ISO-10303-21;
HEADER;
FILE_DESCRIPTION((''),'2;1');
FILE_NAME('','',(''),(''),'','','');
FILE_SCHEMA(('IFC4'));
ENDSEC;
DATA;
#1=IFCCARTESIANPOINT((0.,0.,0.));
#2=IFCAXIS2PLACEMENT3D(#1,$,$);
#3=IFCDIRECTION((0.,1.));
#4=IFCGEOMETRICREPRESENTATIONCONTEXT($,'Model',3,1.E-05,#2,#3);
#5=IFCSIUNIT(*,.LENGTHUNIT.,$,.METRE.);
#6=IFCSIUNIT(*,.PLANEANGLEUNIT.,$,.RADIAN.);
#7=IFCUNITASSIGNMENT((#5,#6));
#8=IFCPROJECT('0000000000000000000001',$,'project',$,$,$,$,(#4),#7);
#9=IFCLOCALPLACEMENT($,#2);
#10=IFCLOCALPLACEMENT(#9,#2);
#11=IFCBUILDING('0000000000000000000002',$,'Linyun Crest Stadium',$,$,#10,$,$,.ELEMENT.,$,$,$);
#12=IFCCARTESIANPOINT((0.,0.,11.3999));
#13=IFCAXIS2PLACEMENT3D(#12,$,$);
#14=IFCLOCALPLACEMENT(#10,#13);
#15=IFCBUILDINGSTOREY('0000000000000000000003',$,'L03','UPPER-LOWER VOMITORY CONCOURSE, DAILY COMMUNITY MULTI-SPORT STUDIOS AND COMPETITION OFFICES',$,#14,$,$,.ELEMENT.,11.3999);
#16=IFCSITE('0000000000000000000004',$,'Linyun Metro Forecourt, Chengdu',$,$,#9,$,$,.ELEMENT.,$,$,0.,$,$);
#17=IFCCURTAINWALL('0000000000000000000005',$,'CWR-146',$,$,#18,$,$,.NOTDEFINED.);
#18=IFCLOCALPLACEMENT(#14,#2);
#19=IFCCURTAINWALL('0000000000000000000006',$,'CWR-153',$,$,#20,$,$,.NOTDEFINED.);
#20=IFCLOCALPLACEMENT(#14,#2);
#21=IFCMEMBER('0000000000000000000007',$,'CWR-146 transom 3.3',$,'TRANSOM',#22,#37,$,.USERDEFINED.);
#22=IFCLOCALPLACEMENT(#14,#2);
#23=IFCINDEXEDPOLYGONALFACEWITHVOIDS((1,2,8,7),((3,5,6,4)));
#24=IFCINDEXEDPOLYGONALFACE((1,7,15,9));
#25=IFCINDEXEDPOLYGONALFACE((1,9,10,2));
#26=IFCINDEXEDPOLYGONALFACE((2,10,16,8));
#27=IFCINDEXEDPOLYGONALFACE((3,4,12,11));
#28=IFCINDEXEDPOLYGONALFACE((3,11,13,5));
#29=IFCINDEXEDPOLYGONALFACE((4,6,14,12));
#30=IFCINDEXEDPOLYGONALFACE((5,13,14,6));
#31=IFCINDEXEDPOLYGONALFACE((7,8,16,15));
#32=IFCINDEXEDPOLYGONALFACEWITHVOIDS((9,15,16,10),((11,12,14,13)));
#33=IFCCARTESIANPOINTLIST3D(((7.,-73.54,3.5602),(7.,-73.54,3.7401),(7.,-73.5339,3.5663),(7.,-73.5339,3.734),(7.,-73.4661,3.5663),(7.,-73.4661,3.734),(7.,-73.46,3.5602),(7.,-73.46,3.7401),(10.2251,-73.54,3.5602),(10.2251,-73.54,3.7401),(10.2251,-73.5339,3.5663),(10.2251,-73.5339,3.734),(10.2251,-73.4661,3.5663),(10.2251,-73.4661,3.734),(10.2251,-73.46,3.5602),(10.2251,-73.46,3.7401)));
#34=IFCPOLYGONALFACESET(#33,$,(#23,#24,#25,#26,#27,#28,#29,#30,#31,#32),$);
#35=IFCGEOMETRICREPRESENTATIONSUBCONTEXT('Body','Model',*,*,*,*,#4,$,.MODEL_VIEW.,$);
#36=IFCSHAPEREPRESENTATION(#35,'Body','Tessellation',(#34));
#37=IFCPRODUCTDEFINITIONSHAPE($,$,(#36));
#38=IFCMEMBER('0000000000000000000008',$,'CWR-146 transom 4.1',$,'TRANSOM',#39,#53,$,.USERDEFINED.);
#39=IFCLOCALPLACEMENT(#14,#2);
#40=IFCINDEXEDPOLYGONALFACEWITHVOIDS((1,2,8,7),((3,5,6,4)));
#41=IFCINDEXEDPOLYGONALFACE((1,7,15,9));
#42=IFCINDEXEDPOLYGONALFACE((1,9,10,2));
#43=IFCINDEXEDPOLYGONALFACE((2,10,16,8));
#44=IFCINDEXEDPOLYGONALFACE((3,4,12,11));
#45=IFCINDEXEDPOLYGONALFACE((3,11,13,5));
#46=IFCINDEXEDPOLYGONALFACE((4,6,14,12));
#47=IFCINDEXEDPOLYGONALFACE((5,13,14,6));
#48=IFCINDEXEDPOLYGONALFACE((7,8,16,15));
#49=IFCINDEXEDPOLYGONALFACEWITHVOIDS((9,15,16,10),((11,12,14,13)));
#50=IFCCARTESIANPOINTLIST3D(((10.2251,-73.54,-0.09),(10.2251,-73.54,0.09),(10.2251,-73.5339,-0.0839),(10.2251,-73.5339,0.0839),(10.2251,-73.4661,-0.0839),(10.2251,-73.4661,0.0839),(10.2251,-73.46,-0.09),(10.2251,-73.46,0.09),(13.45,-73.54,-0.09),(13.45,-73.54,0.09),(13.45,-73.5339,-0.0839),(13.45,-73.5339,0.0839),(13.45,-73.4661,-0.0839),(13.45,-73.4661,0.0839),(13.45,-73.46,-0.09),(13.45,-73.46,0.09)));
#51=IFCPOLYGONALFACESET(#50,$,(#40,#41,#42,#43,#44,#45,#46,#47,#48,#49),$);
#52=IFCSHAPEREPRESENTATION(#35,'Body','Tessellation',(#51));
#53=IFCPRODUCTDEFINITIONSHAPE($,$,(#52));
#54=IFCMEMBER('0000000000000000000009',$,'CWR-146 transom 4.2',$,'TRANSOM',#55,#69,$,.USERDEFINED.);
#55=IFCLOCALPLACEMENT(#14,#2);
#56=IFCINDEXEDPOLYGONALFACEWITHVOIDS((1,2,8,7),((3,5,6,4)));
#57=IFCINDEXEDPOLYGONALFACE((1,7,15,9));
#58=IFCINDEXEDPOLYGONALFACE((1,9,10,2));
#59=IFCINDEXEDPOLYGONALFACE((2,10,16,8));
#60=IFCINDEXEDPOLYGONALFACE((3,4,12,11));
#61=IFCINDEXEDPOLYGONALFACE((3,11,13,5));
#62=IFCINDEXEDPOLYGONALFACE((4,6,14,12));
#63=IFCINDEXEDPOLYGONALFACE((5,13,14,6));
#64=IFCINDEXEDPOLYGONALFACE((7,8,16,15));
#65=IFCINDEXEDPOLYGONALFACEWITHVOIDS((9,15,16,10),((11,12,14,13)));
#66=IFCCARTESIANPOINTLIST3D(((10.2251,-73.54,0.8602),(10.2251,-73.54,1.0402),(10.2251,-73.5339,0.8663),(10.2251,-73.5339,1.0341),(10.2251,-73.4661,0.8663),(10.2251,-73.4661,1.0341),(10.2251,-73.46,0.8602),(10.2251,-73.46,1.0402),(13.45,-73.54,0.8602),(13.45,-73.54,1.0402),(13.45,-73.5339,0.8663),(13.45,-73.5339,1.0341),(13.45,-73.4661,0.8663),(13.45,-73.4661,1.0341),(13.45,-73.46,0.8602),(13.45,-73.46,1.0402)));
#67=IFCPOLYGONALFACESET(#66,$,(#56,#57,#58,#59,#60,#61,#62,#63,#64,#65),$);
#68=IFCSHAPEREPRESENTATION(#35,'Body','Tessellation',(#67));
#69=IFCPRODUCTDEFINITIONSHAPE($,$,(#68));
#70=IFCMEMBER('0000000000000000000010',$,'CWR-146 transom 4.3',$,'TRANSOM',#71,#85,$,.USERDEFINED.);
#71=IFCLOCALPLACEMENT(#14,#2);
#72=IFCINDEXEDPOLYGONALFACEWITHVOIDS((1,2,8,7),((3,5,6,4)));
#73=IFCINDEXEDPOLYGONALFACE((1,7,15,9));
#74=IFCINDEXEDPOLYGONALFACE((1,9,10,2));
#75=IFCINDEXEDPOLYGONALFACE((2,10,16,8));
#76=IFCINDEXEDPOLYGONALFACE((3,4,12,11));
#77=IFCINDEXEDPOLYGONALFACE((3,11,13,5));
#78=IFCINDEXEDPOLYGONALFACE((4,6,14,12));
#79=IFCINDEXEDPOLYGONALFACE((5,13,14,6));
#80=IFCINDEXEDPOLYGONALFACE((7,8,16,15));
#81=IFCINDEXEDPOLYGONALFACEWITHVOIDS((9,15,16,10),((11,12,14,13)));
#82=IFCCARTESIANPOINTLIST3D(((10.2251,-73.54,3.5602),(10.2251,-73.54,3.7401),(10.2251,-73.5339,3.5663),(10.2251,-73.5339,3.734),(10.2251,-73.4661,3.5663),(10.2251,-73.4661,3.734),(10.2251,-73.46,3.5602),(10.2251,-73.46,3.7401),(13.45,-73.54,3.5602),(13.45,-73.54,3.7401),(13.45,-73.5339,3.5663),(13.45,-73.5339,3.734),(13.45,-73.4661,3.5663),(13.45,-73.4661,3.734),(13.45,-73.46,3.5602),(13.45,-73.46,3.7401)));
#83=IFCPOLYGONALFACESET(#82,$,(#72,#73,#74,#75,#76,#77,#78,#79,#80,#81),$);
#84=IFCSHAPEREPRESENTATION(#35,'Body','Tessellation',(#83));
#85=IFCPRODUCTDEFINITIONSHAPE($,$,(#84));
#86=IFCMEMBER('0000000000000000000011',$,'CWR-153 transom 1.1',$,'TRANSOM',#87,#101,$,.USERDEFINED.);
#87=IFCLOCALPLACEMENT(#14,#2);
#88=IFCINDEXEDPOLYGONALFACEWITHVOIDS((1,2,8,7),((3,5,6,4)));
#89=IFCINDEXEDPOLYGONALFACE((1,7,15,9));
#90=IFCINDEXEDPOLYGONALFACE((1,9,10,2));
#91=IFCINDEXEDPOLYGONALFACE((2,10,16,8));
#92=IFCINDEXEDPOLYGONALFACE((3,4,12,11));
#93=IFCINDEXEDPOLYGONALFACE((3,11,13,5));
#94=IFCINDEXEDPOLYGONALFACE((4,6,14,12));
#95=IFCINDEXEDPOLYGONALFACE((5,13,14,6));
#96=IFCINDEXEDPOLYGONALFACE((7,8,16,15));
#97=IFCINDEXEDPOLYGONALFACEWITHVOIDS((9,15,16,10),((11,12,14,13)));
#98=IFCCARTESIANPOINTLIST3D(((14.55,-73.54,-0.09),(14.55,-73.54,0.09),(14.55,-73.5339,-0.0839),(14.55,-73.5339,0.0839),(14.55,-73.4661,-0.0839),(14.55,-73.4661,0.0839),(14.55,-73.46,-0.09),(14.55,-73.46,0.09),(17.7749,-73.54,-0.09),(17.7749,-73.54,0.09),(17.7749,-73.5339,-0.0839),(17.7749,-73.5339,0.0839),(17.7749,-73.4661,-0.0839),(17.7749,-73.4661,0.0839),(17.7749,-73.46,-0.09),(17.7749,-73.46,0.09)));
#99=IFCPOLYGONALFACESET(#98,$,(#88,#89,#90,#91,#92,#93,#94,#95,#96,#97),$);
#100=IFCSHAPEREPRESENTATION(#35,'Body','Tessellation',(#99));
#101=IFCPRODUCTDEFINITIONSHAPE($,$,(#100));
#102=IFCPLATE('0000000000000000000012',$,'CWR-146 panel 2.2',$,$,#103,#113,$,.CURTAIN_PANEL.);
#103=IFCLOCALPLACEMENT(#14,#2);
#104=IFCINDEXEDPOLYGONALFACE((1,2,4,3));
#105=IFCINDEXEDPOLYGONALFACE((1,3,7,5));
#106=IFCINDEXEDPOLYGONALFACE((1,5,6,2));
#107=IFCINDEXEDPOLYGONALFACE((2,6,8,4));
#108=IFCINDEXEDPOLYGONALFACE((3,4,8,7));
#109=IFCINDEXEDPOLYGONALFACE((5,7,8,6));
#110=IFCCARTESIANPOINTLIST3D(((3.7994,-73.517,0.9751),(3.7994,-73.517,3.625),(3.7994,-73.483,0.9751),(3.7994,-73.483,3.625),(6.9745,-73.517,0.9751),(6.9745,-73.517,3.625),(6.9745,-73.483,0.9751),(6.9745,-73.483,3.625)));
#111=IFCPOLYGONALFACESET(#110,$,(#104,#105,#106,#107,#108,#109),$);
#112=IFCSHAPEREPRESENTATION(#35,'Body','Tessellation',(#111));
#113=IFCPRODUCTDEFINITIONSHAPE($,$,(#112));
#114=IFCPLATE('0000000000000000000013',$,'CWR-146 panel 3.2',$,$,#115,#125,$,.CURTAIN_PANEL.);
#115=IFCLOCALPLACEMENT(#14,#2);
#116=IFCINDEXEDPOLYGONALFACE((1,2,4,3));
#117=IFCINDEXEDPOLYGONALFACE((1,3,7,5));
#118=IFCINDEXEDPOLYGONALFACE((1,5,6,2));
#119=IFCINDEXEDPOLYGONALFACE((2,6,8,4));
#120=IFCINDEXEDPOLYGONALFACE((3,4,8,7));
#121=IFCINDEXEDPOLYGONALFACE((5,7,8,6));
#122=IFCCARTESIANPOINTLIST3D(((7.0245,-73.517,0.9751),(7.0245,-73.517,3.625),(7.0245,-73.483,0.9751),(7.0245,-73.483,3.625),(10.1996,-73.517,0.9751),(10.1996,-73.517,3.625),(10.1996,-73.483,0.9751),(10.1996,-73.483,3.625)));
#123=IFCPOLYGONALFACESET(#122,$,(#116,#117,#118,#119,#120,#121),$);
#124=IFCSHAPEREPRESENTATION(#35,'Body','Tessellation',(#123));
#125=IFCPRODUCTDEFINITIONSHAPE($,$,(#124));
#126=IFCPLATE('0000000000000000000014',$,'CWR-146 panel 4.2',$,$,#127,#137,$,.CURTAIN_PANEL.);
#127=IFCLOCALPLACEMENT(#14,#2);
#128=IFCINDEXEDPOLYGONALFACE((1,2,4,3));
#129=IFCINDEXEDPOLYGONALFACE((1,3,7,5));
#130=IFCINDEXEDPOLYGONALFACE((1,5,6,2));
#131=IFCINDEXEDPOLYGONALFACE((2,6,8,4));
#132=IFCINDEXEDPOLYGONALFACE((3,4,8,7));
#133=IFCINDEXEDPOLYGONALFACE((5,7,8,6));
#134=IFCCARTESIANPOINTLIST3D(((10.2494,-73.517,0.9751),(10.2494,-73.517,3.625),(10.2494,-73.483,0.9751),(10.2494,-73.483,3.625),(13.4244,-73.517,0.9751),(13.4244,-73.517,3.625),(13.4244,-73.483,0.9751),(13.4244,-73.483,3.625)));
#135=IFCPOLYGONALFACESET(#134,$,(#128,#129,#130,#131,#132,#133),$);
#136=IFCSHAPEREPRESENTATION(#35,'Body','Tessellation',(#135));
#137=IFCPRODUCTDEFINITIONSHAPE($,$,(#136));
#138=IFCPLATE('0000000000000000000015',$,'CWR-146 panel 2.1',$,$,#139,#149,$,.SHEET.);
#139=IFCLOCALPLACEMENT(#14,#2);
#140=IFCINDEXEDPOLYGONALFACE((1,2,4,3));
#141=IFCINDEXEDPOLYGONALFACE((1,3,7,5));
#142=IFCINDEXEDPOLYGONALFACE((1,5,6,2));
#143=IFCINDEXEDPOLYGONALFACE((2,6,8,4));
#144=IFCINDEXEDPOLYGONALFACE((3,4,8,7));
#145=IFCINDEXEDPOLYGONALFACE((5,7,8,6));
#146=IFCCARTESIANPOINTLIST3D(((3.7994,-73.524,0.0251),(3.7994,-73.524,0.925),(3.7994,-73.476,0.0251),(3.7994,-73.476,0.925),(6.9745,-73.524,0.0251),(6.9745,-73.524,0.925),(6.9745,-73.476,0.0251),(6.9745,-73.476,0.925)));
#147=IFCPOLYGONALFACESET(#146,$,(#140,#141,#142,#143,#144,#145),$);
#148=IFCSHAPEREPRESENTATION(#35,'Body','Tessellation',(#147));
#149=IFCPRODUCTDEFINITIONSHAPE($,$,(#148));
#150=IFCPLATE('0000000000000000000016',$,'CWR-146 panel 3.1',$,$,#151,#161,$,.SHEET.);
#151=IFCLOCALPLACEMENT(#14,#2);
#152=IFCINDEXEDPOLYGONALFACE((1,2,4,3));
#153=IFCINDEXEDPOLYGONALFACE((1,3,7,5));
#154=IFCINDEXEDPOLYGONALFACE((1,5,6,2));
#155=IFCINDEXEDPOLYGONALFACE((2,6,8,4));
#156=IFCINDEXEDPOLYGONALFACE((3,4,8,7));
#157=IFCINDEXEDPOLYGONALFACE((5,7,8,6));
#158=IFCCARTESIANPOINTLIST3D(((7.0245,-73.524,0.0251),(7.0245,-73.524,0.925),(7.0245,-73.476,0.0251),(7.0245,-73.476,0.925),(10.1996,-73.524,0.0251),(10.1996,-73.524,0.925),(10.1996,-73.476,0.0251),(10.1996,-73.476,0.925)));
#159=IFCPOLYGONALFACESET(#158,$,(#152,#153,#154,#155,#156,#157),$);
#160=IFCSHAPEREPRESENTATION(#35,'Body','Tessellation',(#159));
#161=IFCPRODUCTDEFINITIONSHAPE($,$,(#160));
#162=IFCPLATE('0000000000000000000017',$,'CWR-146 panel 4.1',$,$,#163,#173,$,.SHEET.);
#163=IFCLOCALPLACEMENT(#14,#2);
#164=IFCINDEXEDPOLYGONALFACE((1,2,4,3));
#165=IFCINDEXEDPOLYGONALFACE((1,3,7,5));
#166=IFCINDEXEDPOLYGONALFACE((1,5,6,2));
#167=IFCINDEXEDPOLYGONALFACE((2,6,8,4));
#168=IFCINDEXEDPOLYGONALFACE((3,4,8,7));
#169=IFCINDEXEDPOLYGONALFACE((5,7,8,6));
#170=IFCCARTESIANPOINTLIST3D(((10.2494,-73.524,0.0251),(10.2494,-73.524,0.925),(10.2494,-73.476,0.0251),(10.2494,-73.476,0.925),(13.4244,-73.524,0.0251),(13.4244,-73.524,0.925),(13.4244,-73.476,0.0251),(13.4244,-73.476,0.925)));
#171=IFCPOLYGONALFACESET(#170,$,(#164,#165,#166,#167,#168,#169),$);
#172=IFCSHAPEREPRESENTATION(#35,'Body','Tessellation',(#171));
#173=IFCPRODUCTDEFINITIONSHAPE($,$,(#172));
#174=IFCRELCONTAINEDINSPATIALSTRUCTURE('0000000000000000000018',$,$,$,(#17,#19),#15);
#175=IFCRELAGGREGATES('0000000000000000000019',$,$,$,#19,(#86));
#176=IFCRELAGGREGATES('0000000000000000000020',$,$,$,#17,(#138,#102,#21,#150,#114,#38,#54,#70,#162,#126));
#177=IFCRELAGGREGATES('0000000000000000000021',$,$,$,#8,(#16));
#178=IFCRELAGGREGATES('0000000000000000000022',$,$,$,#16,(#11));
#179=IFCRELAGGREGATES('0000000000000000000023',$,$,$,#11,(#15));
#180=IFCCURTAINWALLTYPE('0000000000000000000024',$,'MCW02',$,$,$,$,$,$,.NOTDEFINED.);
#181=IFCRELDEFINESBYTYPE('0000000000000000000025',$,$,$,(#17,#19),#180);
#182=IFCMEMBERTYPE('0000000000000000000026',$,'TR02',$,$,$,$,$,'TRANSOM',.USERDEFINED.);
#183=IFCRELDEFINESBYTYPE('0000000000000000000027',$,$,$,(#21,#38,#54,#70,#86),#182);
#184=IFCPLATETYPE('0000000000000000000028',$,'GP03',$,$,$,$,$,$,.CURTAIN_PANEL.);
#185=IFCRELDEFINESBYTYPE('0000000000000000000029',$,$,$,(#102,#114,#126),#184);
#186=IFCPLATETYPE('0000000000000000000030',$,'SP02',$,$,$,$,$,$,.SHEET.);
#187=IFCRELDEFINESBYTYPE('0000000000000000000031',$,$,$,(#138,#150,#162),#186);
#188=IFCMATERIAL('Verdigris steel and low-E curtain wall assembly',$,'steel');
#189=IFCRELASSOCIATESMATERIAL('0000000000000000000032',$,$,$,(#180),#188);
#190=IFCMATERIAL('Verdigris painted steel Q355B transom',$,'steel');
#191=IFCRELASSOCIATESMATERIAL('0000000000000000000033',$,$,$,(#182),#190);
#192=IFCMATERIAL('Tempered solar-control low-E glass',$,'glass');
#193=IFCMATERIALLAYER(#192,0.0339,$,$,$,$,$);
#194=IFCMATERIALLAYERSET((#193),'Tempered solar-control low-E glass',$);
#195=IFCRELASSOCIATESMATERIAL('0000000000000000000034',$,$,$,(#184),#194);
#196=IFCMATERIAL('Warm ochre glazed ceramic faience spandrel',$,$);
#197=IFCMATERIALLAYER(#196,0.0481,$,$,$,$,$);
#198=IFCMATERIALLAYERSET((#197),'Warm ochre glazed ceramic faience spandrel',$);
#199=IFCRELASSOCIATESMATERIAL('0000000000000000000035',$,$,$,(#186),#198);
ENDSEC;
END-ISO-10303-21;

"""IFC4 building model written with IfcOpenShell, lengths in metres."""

from ifc_helpers import new_model, si_unit, direction, frame, origin, origin_2d, place, context, subcontext, project, spatial, rectangle, hollow_rectangle, extrude, material, layer, layer_set, material_profile, profile_set, type_object, element, aggregate, save


model = new_model("IFC4")

# Units and contexts
model_context = context("Model", 3, precision=1e-05, world=origin(), true_north=direction((0.0, 1.0)))
body_context = subcontext(model_context, "Body", "Model", "MODEL_VIEW")
ifc_project = project(units=[si_unit("LENGTHUNIT", "METRE"), si_unit("PLANEANGLEUNIT", "RADIAN")], contexts=[model_context])

# Site, building, storey
site_placement = place(None, origin())
site = spatial("IfcSite", under=ifc_project, at=site_placement, Name="Linyun Metro Forecourt, Chengdu", CompositionType="ELEMENT", RefElevation=0.0)
building_placement = place(site_placement, origin())
building = spatial("IfcBuilding", under=site, at=building_placement, Name="Linyun Crest Stadium", CompositionType="ELEMENT")
storey_placement = place(building_placement, frame((0.0, 0.0, 11.3999)))
storey = spatial("IfcBuildingStorey", under=building, at=storey_placement, Name="L03", Description="UPPER-LOWER VOMITORY CONCOURSE, DAILY COMMUNITY MULTI-SPORT STUDIOS AND COMPETITION OFFICES", CompositionType="ELEMENT", Elevation=11.3999)

# Curtain wall
ifc_material_1 = material(Name="Verdigris steel and low-E curtain wall assembly", Category="steel")
curtain_wall_type = type_object("IfcCurtainWallType", Name="MCW02", PredefinedType="NOTDEFINED", material=ifc_material_1)
curtain_wall_1_placement = place(storey_placement, origin())
curtain_wall_1 = element("IfcCurtainWall", 1, at=curtain_wall_1_placement, inside=storey, type_object=curtain_wall_type, Name="CWR-146", PredefinedType="NOTDEFINED")

# Curtain wall
curtain_wall_2_placement = place(storey_placement, origin())
curtain_wall_2 = element("IfcCurtainWall", 2, at=curtain_wall_2_placement, inside=storey, type_object=curtain_wall_type, Name="CWR-153", PredefinedType="NOTDEFINED")

# Members
ifc_material_2 = material(Name="Verdigris painted steel Q355B transom", Category="steel")
ifc_material_profile_1 = material_profile(ifc_material_2, hollow_rectangle(XDim=0.0801, YDim=0.1799, WallThickness=0.0061, at=origin_2d()), Name="RHS 180x80x6")
ifc_profile_set_1 = profile_set([ifc_material_profile_1], Name="Verdigris painted steel Q355B transom")
member_type_1 = type_object("IfcMemberType", Name="TR02", ElementType="TRANSOM", PredefinedType="USERDEFINED", material=ifc_profile_set_1)
member_1_placement = place(storey_placement, frame((7.0, -73.5, 3.6501), z_axis=(1.0, 0.0, 0.0), x_axis=(0.0, 1.0, 0.0)))
member_1 = element("IfcMember", 3, at=member_1_placement, type_object=member_type_1, Name="CWR-146 transom 3.3", ObjectType="TRANSOM", PredefinedType="USERDEFINED", context=body_context, shape_type="SweptSolid", body=[
    extrude(hollow_rectangle(XDim=0.0801, YDim=0.1799, WallThickness=0.0061, at=origin_2d()), origin(), (0.0, 0.0, 1.0), 3.2251),
])
member_2_placement = place(storey_placement, frame((10.2251, -73.5, 0.0), z_axis=(1.0, 0.0, 0.0), x_axis=(0.0, 1.0, 0.0)))
member_2 = element("IfcMember", 4, at=member_2_placement, type_object=member_type_1, Name="CWR-146 transom 4.1", ObjectType="TRANSOM", PredefinedType="USERDEFINED", context=body_context, shape_type="SweptSolid", body=[
    extrude(hollow_rectangle(XDim=0.0801, YDim=0.1799, WallThickness=0.0061, at=origin_2d()), origin(), (0.0, 0.0, 1.0), 3.2249),
])
member_3_placement = place(storey_placement, frame((10.2251, -73.5, 0.9502), z_axis=(1.0, 0.0, 0.0), x_axis=(0.0, 1.0, 0.0)))
member_3 = element("IfcMember", 5, at=member_3_placement, type_object=member_type_1, Name="CWR-146 transom 4.2", ObjectType="TRANSOM", PredefinedType="USERDEFINED", context=body_context, shape_type="SweptSolid", body=[
    extrude(hollow_rectangle(XDim=0.0801, YDim=0.1799, WallThickness=0.0061, at=origin_2d()), origin(), (0.0, 0.0, 1.0), 3.2249),
])
member_4_placement = place(storey_placement, frame((10.2251, -73.5, 3.6501), z_axis=(1.0, 0.0, 0.0), x_axis=(0.0, 1.0, 0.0)))
member_4 = element("IfcMember", 6, at=member_4_placement, type_object=member_type_1, Name="CWR-146 transom 4.3", ObjectType="TRANSOM", PredefinedType="USERDEFINED", context=body_context, shape_type="SweptSolid", body=[
    extrude(hollow_rectangle(XDim=0.0801, YDim=0.1799, WallThickness=0.0061, at=origin_2d()), origin(), (0.0, 0.0, 1.0), 3.2249),
])
member_5_placement = place(storey_placement, frame((14.55, -73.5, 0.0), z_axis=(1.0, 0.0, 0.0), x_axis=(0.0, 1.0, 0.0)))
member_5 = element("IfcMember", 7, at=member_5_placement, type_object=member_type_1, Name="CWR-153 transom 1.1", ObjectType="TRANSOM", PredefinedType="USERDEFINED", context=body_context, shape_type="SweptSolid", body=[
    extrude(hollow_rectangle(XDim=0.0801, YDim=0.1799, WallThickness=0.0061, at=origin_2d()), origin(), (0.0, 0.0, 1.0), 3.2249),
])
aggregate(curtain_wall_2, [member_5])

# Plates
ifc_material_3 = material(Name="Tempered solar-control low-E glass", Category="glass")
ifc_layer_1 = layer(ifc_material_3, 0.0339)
ifc_layer_set_1 = layer_set([ifc_layer_1], Name="Tempered solar-control low-E glass")
plate_type_1 = type_object("IfcPlateType", Name="GP03", PredefinedType="CURTAIN_PANEL", material=ifc_layer_set_1)
plate_1_placement = place(storey_placement, frame((5.387, -73.5, 0.9751), z_axis=(0.0, 0.0, 1.0), x_axis=(1.0, 0.0, 0.0)))
plate_1 = element("IfcPlate", 8, at=plate_1_placement, type_object=plate_type_1, Name="CWR-146 panel 2.2", PredefinedType="CURTAIN_PANEL", context=body_context, shape_type="SweptSolid", body=[
    extrude(rectangle(XDim=3.175, YDim=0.0339, at=origin_2d()), origin(), (0.0, 0.0, 1.0), 2.6499),
])
plate_2_placement = place(storey_placement, frame((8.6121, -73.5, 0.9751), z_axis=(0.0, 0.0, 1.0), x_axis=(1.0, 0.0, 0.0)))
plate_2 = element("IfcPlate", 9, at=plate_2_placement, type_object=plate_type_1, Name="CWR-146 panel 3.2", PredefinedType="CURTAIN_PANEL", context=body_context, shape_type="SweptSolid", body=[
    extrude(rectangle(XDim=3.175, YDim=0.0339, at=origin_2d()), origin(), (0.0, 0.0, 1.0), 2.6499),
])
plate_3_placement = place(storey_placement, frame((11.8369, -73.5, 0.9751), z_axis=(0.0, 0.0, 1.0), x_axis=(1.0, 0.0, 0.0)))
plate_3 = element("IfcPlate", 10, at=plate_3_placement, type_object=plate_type_1, Name="CWR-146 panel 4.2", PredefinedType="CURTAIN_PANEL", context=body_context, shape_type="SweptSolid", body=[
    extrude(rectangle(XDim=3.175, YDim=0.0339, at=origin_2d()), origin(), (0.0, 0.0, 1.0), 2.6499),
])
ifc_material_4 = material(Name="Warm ochre glazed ceramic faience spandrel")
ifc_layer_2 = layer(ifc_material_4, 0.0481)
ifc_layer_set_2 = layer_set([ifc_layer_2], Name="Warm ochre glazed ceramic faience spandrel")
plate_type_2 = type_object("IfcPlateType", Name="SP02", PredefinedType="SHEET", material=ifc_layer_set_2)
plate_4_placement = place(storey_placement, frame((5.387, -73.5, 0.0251), z_axis=(0.0, 0.0, 1.0), x_axis=(1.0, 0.0, 0.0)))
plate_4 = element("IfcPlate", 11, at=plate_4_placement, type_object=plate_type_2, Name="CWR-146 panel 2.1", PredefinedType="SHEET", context=body_context, shape_type="SweptSolid", body=[
    extrude(rectangle(XDim=3.175, YDim=0.0481, at=origin_2d()), origin(), (0.0, 0.0, 1.0), 0.8999),
])
plate_5_placement = place(storey_placement, frame((8.6121, -73.5, 0.0251), z_axis=(0.0, 0.0, 1.0), x_axis=(1.0, 0.0, 0.0)))
plate_5 = element("IfcPlate", 12, at=plate_5_placement, type_object=plate_type_2, Name="CWR-146 panel 3.1", PredefinedType="SHEET", context=body_context, shape_type="SweptSolid", body=[
    extrude(rectangle(XDim=3.175, YDim=0.0481, at=origin_2d()), origin(), (0.0, 0.0, 1.0), 0.8999),
])
plate_6_placement = place(storey_placement, frame((11.8369, -73.5, 0.0251), z_axis=(0.0, 0.0, 1.0), x_axis=(1.0, 0.0, 0.0)))
plate_6 = element("IfcPlate", 13, at=plate_6_placement, type_object=plate_type_2, Name="CWR-146 panel 4.1", PredefinedType="SHEET", context=body_context, shape_type="SweptSolid", body=[
    extrude(rectangle(XDim=3.175, YDim=0.0481, at=origin_2d()), origin(), (0.0, 0.0, 1.0), 0.8999),
])
aggregate(curtain_wall_1, [plate_4, plate_1, member_1, plate_5, plate_2, member_2, member_3, member_4, plate_6, plate_3])

save(model, "model.ifc")
